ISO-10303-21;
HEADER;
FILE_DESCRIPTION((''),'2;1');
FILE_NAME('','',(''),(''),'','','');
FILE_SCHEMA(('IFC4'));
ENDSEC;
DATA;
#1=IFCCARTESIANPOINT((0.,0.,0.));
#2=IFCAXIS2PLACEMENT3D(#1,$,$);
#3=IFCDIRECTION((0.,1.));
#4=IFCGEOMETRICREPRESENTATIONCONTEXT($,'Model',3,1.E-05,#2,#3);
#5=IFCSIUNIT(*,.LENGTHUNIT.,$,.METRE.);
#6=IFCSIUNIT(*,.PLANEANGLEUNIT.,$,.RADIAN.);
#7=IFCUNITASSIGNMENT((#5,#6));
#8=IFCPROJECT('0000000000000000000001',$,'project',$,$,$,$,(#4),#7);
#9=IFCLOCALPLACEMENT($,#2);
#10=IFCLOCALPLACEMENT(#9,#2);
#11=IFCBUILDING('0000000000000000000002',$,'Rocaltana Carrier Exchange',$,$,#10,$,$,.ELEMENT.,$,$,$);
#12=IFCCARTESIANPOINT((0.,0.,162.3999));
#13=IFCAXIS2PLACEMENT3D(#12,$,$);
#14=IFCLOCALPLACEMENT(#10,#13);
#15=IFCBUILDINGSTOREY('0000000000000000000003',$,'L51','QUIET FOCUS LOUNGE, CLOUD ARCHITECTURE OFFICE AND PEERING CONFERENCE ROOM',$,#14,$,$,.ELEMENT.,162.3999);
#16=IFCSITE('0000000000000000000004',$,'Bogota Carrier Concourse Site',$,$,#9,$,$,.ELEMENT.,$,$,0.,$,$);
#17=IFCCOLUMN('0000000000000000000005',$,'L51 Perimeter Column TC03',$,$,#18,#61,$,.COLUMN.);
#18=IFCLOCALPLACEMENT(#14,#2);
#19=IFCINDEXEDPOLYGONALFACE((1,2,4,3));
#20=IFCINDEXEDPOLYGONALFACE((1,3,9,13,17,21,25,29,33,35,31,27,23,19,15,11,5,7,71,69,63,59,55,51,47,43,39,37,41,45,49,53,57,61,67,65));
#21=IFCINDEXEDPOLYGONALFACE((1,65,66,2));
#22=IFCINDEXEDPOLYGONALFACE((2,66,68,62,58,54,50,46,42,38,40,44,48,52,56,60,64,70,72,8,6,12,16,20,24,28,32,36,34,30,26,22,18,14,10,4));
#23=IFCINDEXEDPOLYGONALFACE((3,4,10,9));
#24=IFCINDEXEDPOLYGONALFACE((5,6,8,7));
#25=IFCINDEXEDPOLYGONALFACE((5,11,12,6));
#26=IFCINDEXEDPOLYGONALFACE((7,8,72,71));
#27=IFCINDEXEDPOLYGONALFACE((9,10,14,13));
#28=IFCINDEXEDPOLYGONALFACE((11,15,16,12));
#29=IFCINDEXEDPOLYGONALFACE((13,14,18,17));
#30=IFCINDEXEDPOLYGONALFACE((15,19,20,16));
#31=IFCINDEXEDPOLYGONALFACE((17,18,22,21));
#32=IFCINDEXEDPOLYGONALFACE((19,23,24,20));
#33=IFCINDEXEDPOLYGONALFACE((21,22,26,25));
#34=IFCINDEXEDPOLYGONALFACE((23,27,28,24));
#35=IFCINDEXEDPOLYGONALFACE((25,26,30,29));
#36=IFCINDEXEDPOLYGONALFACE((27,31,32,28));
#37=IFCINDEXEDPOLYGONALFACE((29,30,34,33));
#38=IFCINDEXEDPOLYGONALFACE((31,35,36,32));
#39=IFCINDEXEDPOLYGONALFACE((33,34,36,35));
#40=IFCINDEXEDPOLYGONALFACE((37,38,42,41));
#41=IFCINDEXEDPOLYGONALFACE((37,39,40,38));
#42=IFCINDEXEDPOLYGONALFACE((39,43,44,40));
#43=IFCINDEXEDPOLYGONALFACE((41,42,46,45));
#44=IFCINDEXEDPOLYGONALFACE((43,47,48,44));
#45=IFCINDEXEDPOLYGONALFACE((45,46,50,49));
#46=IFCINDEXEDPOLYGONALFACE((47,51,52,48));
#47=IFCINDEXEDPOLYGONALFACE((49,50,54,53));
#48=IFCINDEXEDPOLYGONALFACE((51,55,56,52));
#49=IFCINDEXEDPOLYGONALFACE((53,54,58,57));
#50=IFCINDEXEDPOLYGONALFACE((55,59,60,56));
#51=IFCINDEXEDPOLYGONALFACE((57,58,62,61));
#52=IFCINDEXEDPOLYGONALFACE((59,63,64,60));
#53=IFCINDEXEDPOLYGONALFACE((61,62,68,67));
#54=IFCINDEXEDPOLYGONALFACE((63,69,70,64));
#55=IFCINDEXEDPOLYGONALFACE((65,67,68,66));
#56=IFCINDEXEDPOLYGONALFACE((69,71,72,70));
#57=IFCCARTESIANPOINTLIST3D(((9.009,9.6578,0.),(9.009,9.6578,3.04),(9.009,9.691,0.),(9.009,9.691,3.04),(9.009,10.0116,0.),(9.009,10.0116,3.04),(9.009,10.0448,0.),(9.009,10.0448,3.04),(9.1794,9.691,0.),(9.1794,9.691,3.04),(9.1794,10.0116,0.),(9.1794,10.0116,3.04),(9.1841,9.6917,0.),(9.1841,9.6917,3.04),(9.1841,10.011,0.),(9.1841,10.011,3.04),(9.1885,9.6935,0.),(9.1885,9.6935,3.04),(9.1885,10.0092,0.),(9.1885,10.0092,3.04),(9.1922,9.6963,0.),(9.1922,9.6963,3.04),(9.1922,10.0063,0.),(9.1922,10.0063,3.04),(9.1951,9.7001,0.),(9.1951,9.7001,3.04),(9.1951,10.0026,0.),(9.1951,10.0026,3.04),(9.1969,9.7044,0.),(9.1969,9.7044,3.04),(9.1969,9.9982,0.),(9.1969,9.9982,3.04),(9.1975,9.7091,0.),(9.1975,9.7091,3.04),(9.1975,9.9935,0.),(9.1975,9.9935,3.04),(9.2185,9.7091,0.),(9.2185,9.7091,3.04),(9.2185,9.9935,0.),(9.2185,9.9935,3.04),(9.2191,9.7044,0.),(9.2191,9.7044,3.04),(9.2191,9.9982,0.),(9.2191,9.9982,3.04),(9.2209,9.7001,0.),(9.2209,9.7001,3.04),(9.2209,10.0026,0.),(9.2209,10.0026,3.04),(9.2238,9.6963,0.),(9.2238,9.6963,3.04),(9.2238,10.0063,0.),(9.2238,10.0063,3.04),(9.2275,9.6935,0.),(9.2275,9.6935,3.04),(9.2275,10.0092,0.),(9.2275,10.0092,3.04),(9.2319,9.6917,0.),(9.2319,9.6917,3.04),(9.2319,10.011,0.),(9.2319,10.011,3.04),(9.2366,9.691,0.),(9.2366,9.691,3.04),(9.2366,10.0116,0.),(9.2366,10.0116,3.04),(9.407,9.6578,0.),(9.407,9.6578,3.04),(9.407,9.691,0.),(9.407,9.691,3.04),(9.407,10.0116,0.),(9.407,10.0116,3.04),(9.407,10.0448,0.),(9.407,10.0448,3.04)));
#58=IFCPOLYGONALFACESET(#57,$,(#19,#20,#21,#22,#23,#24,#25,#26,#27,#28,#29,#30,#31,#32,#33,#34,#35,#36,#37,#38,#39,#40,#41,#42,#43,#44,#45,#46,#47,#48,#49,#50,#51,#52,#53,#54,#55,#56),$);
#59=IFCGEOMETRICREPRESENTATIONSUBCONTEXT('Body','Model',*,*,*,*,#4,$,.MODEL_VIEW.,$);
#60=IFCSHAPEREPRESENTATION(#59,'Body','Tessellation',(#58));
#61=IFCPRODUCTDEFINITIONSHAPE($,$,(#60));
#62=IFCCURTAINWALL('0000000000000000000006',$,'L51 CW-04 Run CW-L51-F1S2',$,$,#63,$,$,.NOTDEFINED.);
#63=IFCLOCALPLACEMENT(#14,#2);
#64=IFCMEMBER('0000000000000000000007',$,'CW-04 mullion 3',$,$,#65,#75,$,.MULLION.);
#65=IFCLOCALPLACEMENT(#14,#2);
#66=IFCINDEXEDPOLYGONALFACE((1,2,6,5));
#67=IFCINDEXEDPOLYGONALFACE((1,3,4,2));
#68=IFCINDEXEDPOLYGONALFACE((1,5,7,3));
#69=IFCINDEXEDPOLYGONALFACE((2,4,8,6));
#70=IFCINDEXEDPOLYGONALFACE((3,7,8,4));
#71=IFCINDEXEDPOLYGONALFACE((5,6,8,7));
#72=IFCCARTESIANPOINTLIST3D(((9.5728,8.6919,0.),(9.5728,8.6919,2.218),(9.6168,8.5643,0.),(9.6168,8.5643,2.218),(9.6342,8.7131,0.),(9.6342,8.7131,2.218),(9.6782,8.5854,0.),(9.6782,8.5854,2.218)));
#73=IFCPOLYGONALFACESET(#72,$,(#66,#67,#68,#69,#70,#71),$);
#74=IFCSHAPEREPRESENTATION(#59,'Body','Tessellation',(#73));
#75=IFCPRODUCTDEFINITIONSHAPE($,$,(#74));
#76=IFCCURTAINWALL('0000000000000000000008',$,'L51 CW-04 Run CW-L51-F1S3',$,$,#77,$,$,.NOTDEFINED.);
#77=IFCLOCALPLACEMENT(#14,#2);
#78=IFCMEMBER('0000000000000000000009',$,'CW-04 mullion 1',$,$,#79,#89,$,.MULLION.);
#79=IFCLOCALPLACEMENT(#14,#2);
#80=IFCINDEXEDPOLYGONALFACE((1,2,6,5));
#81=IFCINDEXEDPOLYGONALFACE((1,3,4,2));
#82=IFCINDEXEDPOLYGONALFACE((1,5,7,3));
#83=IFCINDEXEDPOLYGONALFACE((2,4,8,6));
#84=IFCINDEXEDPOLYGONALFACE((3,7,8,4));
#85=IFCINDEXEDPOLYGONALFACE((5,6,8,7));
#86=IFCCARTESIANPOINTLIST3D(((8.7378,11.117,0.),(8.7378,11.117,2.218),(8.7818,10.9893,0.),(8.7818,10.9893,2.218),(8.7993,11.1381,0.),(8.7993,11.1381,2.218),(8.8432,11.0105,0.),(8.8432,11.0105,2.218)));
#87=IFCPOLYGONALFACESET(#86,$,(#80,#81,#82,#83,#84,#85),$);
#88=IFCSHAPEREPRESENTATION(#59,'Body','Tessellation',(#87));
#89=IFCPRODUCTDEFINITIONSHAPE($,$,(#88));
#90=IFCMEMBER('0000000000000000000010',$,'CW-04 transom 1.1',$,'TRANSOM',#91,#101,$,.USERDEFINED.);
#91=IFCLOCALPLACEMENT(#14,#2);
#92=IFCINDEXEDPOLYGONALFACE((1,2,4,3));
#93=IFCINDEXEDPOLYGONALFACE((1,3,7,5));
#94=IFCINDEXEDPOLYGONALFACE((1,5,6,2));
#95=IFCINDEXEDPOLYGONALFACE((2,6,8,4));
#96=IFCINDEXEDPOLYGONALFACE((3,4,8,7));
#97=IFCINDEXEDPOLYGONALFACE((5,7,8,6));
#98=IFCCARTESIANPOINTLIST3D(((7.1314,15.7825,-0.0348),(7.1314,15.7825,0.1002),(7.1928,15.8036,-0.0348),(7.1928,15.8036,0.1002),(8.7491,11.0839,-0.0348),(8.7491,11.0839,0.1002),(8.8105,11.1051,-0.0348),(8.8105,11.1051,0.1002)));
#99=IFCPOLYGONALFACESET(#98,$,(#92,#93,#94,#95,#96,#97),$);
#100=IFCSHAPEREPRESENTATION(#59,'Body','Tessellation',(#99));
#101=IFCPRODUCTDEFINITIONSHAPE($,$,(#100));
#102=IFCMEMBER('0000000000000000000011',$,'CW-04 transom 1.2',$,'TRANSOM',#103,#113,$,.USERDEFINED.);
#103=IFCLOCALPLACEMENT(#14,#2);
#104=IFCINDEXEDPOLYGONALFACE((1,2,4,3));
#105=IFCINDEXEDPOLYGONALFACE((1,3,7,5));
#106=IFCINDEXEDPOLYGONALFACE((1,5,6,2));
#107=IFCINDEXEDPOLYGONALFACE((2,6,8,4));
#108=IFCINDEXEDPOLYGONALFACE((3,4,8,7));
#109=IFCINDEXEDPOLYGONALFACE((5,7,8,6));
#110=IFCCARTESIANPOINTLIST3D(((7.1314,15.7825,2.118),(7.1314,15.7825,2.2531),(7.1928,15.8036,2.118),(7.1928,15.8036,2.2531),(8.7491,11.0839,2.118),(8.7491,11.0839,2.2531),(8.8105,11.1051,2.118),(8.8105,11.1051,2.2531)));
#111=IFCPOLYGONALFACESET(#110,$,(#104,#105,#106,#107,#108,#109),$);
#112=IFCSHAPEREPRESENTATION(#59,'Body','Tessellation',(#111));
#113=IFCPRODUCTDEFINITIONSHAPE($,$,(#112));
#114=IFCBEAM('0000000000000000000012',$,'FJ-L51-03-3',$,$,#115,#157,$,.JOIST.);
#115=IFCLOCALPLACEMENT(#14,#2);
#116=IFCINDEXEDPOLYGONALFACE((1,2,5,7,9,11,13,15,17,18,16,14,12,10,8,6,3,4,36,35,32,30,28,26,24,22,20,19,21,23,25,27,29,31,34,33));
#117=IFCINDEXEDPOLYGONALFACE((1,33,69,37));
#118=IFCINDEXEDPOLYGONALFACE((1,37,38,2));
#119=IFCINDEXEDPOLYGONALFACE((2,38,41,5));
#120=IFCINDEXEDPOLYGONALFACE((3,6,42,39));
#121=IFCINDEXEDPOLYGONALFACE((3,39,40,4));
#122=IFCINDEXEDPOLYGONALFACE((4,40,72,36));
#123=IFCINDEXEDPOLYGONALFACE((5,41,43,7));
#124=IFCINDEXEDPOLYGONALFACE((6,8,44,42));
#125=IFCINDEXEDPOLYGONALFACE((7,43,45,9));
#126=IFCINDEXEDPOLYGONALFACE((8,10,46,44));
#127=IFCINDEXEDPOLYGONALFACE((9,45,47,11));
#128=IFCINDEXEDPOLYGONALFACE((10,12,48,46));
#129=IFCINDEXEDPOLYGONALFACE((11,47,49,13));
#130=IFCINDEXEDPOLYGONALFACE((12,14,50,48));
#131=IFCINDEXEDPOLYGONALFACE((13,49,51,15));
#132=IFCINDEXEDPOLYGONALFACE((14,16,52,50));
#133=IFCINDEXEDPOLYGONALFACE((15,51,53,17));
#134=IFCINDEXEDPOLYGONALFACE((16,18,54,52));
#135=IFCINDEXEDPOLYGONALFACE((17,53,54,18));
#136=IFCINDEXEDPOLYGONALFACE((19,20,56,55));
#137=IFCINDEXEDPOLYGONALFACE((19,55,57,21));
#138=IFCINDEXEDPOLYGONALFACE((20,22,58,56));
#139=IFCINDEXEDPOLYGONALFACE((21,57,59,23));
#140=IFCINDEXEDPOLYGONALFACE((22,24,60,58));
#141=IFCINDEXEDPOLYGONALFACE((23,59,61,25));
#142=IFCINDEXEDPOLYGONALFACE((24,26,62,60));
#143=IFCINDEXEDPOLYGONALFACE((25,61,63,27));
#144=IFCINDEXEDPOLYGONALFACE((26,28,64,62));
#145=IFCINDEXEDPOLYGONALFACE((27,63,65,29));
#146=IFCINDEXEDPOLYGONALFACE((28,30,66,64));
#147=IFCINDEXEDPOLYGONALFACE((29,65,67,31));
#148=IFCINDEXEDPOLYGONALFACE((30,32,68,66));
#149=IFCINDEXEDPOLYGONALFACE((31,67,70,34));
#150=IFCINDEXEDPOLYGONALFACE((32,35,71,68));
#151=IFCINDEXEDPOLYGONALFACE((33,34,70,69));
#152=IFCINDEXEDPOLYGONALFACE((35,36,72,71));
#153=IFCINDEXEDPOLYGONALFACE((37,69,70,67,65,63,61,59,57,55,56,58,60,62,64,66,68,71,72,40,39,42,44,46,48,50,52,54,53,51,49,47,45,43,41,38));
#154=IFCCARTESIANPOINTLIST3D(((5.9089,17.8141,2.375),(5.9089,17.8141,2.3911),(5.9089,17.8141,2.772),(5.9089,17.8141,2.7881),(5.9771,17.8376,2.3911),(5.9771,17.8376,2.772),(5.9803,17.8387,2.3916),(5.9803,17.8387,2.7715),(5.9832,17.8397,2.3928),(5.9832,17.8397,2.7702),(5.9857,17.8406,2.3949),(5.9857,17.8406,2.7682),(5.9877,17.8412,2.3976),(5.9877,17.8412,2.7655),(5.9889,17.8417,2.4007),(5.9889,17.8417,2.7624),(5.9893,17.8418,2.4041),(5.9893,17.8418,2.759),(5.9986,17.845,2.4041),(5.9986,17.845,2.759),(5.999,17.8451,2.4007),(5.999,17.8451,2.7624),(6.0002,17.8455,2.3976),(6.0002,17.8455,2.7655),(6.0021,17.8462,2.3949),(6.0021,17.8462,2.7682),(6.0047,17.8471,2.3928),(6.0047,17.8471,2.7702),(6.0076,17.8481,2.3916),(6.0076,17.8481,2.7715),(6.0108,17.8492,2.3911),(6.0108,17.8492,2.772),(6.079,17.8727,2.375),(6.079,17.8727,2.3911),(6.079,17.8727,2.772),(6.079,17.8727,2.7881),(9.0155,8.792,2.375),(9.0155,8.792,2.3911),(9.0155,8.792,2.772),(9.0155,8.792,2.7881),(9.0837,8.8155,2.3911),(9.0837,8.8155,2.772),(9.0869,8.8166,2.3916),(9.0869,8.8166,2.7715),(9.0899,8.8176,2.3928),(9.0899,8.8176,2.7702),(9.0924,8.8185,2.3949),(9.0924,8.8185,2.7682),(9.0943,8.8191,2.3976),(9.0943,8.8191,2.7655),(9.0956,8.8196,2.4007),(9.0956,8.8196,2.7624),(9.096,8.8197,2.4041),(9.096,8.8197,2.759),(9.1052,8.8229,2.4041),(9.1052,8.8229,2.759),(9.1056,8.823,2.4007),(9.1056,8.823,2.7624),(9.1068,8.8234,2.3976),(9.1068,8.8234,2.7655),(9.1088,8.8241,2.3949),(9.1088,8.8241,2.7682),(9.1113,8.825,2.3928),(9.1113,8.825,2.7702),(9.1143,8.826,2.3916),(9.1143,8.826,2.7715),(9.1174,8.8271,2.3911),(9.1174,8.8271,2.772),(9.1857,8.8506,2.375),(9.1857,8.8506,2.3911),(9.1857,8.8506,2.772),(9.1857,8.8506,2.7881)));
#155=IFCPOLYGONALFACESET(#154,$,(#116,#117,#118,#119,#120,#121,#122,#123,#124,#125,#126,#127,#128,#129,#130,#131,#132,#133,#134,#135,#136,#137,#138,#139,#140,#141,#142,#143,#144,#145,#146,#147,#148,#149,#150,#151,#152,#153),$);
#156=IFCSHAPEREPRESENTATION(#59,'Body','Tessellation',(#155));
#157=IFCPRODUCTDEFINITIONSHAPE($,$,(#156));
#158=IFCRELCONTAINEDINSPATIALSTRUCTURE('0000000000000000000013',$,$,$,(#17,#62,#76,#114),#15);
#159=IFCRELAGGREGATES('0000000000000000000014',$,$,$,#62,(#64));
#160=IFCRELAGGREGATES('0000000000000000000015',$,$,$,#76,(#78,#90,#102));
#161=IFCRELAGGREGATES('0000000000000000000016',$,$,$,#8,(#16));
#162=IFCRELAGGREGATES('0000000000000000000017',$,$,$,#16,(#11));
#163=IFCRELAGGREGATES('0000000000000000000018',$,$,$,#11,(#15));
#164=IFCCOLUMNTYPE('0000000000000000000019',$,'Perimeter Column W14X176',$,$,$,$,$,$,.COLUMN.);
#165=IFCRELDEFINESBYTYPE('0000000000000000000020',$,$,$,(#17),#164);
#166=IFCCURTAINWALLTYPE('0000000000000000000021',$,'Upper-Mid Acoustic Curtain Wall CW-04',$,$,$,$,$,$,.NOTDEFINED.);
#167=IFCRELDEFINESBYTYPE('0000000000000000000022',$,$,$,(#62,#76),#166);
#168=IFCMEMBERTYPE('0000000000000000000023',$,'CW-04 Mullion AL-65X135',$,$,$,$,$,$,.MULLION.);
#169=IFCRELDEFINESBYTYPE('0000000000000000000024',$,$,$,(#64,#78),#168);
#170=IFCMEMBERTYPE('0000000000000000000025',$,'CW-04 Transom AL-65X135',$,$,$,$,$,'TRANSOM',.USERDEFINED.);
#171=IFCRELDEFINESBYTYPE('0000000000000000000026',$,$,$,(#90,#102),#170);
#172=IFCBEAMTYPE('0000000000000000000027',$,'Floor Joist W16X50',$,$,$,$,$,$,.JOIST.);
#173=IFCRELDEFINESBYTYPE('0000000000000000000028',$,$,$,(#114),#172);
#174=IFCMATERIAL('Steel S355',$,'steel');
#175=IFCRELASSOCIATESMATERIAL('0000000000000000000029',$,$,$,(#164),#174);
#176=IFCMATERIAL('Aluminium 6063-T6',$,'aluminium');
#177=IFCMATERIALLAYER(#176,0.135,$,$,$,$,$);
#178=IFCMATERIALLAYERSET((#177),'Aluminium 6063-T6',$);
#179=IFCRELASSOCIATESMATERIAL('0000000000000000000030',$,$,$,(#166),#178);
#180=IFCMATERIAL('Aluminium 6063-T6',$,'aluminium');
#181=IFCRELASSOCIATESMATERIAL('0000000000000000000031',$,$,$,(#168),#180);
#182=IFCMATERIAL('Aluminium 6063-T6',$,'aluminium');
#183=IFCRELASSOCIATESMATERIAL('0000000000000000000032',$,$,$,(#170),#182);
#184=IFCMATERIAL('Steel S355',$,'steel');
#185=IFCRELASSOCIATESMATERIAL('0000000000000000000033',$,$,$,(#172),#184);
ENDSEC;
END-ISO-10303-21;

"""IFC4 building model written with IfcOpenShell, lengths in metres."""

from ifc_helpers import new_model, si_unit, direction, frame, origin, origin_2d, place, context, subcontext, project, spatial, rectangle, i_section, extrude, material, layer, layer_set, material_profile, profile_set, type_object, element, aggregate, save


model = new_model("IFC4")

# Units and contexts
model_context = context("Model", 3, precision=1e-05, world=origin(), true_north=direction((0.0, 1.0)))
body_context = subcontext(model_context, "Body", "Model", "MODEL_VIEW")
ifc_project = project(units=[si_unit("LENGTHUNIT", "METRE"), si_unit("PLANEANGLEUNIT", "RADIAN")], contexts=[model_context])

# Site, building, storey
site_placement = place(None, origin())
site = spatial("IfcSite", under=ifc_project, at=site_placement, Name="Bogota Carrier Concourse Site", CompositionType="ELEMENT", RefElevation=0.0)
building_placement = place(site_placement, origin())
building = spatial("IfcBuilding", under=site, at=building_placement, Name="Rocaltana Carrier Exchange", CompositionType="ELEMENT")
storey_placement = place(building_placement, frame((0.0, 0.0, 162.3999)))
storey = spatial("IfcBuildingStorey", under=building, at=storey_placement, Name="L51", Description="QUIET FOCUS LOUNGE, CLOUD ARCHITECTURE OFFICE AND PEERING CONFERENCE ROOM", CompositionType="ELEMENT", Elevation=162.3999)

# Column
ifc_material_1 = material(Name="Steel S355", Category="steel")
ifc_material_profile_1 = material_profile(ifc_material_1, i_section(OverallWidth=0.3979, OverallDepth=0.387, WebThickness=0.021, FlangeThickness=0.0332, FilletRadius=0.0181, at=origin_2d()), Name="W14X176")
ifc_profile_set_1 = profile_set([ifc_material_profile_1], Name="Steel S355")
column_type = type_object("IfcColumnType", Name="Perimeter Column W14X176", PredefinedType="COLUMN", material=ifc_profile_set_1)
column_placement = place(storey_placement, frame((9.208, 9.8513, 0.0), z_axis=(0.0, 0.0, 1.0), x_axis=(1.0, 0.0, 0.0)))
element("IfcColumn", 1, at=column_placement, inside=storey, type_object=column_type, Name="L51 Perimeter Column TC03", PredefinedType="COLUMN", context=body_context, shape_type="SweptSolid", body=[
    extrude(i_section(OverallWidth=0.3979, OverallDepth=0.387, WebThickness=0.021, FlangeThickness=0.0332, FilletRadius=0.0181, at=origin_2d()), origin(), (0.0, 0.0, 1.0), 3.04),
])

# Curtain wall, member
ifc_material_2 = material(Name="Aluminium 6063-T6", Category="aluminium")
ifc_layer_1 = layer(ifc_material_2, 0.135)
ifc_layer_set_1 = layer_set([ifc_layer_1], Name="Aluminium 6063-T6")
curtain_wall_type = type_object("IfcCurtainWallType", Name="Upper-Mid Acoustic Curtain Wall CW-04", PredefinedType="NOTDEFINED", material=ifc_layer_set_1)
curtain_wall_1_placement = place(storey_placement, origin())
curtain_wall_1 = element("IfcCurtainWall", 2, at=curtain_wall_1_placement, inside=storey, type_object=curtain_wall_type, Name="L51 CW-04 Run CW-L51-F1S2", PredefinedType="NOTDEFINED")
ifc_material_3 = material(Name="Aluminium 6063-T6", Category="aluminium")
ifc_material_profile_2 = material_profile(ifc_material_3, rectangle(XDim=0.0649, YDim=0.135, at=origin_2d()), Name="AL-65X135")
ifc_profile_set_2 = profile_set([ifc_material_profile_2], Name="Aluminium 6063-T6")
member_type_1 = type_object("IfcMemberType", Name="CW-04 Mullion AL-65X135", PredefinedType="MULLION", material=ifc_profile_set_2)
member_1_placement = place(storey_placement, frame((9.6255, 8.6387, 0.0), z_axis=(0.0, 0.0, 1.0), x_axis=(-0.945521, -0.325562, 0.0)))
member_1 = element("IfcMember", 3, at=member_1_placement, type_object=member_type_1, Name="CW-04 mullion 3", PredefinedType="MULLION", context=body_context, shape_type="SweptSolid", body=[
    extrude(rectangle(XDim=0.0649, YDim=0.135, at=origin_2d()), origin(), (0.0, 0.0, 1.0), 2.218),
])

# Curtain wall, members
curtain_wall_2_placement = place(storey_placement, origin())
curtain_wall_2 = element("IfcCurtainWall", 4, at=curtain_wall_2_placement, inside=storey, type_object=curtain_wall_type, Name="L51 CW-04 Run CW-L51-F1S3", PredefinedType="NOTDEFINED")
member_2_placement = place(storey_placement, frame((8.7905, 11.0637, 0.0), z_axis=(0.0, 0.0, 1.0), x_axis=(-0.945522, -0.325559, 0.0)))
member_2 = element("IfcMember", 5, at=member_2_placement, type_object=member_type_1, Name="CW-04 mullion 1", PredefinedType="MULLION", context=body_context, shape_type="SweptSolid", body=[
    extrude(rectangle(XDim=0.0649, YDim=0.135, at=origin_2d()), origin(), (0.0, 0.0, 1.0), 2.218),
])
ifc_material_4 = material(Name="Aluminium 6063-T6", Category="aluminium")
ifc_material_profile_3 = material_profile(ifc_material_4, rectangle(XDim=0.0649, YDim=0.135, at=origin_2d()), Name="AL-65X135")
ifc_profile_set_3 = profile_set([ifc_material_profile_3], Name="Aluminium 6063-T6")
member_type_2 = type_object("IfcMemberType", Name="CW-04 Transom AL-65X135", ElementType="TRANSOM", PredefinedType="USERDEFINED", material=ifc_profile_set_3)
member_3_placement = place(storey_placement, frame((8.7798, 11.0945, 0.0327), z_axis=(-0.325542, 0.945527, 0.0), x_axis=(-0.945527, -0.325542, 0.0)))
member_3 = element("IfcMember", 6, at=member_3_placement, type_object=member_type_2, Name="CW-04 transom 1.1", ObjectType="TRANSOM", PredefinedType="USERDEFINED", context=body_context, shape_type="SweptSolid", body=[
    extrude(rectangle(XDim=0.0649, YDim=0.135, at=origin_2d()), origin(), (0.0, 0.0, 1.0), 4.9692),
])
member_4_placement = place(storey_placement, frame((8.7798, 11.0945, 2.1855), z_axis=(-0.325542, 0.945527, 0.0), x_axis=(-0.945527, -0.325542, 0.0)))
member_4 = element("IfcMember", 7, at=member_4_placement, type_object=member_type_2, Name="CW-04 transom 1.2", ObjectType="TRANSOM", PredefinedType="USERDEFINED", context=body_context, shape_type="SweptSolid", body=[
    extrude(rectangle(XDim=0.0649, YDim=0.135, at=origin_2d()), origin(), (0.0, 0.0, 1.0), 4.9692),
])

# Beam
ifc_material_5 = material(Name="Steel S355", Category="steel")
ifc_material_profile_4 = material_profile(ifc_material_5, i_section(OverallWidth=0.1799, OverallDepth=0.4131, WebThickness=0.0098, FlangeThickness=0.0161, FilletRadius=0.0129, at=origin_2d()), Name="W16X50")
ifc_profile_set_4 = profile_set([ifc_material_profile_4], Name="Steel S355")
beam_type_1 = type_object("IfcBeamType", Name="Floor Joist W16X50", PredefinedType="JOIST", material=ifc_profile_set_4)
beam_1_placement = place(storey_placement, frame((9.1006, 8.8213, 2.5815), z_axis=(-0.325577, 0.945516, 0.0), x_axis=(-0.945516, -0.325577, 0.0)))
element("IfcBeam", 8, at=beam_1_placement, inside=storey, type_object=beam_type_1, Name="FJ-L51-03-3", PredefinedType="JOIST", context=body_context, shape_type="SweptSolid", body=[
    extrude(i_section(OverallWidth=0.1799, OverallDepth=0.4131, WebThickness=0.0098, FlangeThickness=0.0161, FilletRadius=0.0129, at=origin_2d()), origin(), (0.0, 0.0, 1.0), 9.542),
])

aggregate(curtain_wall_1, [member_1])
aggregate(curtain_wall_2, [member_2, member_3, member_4])

save(model, "model.ifc")
